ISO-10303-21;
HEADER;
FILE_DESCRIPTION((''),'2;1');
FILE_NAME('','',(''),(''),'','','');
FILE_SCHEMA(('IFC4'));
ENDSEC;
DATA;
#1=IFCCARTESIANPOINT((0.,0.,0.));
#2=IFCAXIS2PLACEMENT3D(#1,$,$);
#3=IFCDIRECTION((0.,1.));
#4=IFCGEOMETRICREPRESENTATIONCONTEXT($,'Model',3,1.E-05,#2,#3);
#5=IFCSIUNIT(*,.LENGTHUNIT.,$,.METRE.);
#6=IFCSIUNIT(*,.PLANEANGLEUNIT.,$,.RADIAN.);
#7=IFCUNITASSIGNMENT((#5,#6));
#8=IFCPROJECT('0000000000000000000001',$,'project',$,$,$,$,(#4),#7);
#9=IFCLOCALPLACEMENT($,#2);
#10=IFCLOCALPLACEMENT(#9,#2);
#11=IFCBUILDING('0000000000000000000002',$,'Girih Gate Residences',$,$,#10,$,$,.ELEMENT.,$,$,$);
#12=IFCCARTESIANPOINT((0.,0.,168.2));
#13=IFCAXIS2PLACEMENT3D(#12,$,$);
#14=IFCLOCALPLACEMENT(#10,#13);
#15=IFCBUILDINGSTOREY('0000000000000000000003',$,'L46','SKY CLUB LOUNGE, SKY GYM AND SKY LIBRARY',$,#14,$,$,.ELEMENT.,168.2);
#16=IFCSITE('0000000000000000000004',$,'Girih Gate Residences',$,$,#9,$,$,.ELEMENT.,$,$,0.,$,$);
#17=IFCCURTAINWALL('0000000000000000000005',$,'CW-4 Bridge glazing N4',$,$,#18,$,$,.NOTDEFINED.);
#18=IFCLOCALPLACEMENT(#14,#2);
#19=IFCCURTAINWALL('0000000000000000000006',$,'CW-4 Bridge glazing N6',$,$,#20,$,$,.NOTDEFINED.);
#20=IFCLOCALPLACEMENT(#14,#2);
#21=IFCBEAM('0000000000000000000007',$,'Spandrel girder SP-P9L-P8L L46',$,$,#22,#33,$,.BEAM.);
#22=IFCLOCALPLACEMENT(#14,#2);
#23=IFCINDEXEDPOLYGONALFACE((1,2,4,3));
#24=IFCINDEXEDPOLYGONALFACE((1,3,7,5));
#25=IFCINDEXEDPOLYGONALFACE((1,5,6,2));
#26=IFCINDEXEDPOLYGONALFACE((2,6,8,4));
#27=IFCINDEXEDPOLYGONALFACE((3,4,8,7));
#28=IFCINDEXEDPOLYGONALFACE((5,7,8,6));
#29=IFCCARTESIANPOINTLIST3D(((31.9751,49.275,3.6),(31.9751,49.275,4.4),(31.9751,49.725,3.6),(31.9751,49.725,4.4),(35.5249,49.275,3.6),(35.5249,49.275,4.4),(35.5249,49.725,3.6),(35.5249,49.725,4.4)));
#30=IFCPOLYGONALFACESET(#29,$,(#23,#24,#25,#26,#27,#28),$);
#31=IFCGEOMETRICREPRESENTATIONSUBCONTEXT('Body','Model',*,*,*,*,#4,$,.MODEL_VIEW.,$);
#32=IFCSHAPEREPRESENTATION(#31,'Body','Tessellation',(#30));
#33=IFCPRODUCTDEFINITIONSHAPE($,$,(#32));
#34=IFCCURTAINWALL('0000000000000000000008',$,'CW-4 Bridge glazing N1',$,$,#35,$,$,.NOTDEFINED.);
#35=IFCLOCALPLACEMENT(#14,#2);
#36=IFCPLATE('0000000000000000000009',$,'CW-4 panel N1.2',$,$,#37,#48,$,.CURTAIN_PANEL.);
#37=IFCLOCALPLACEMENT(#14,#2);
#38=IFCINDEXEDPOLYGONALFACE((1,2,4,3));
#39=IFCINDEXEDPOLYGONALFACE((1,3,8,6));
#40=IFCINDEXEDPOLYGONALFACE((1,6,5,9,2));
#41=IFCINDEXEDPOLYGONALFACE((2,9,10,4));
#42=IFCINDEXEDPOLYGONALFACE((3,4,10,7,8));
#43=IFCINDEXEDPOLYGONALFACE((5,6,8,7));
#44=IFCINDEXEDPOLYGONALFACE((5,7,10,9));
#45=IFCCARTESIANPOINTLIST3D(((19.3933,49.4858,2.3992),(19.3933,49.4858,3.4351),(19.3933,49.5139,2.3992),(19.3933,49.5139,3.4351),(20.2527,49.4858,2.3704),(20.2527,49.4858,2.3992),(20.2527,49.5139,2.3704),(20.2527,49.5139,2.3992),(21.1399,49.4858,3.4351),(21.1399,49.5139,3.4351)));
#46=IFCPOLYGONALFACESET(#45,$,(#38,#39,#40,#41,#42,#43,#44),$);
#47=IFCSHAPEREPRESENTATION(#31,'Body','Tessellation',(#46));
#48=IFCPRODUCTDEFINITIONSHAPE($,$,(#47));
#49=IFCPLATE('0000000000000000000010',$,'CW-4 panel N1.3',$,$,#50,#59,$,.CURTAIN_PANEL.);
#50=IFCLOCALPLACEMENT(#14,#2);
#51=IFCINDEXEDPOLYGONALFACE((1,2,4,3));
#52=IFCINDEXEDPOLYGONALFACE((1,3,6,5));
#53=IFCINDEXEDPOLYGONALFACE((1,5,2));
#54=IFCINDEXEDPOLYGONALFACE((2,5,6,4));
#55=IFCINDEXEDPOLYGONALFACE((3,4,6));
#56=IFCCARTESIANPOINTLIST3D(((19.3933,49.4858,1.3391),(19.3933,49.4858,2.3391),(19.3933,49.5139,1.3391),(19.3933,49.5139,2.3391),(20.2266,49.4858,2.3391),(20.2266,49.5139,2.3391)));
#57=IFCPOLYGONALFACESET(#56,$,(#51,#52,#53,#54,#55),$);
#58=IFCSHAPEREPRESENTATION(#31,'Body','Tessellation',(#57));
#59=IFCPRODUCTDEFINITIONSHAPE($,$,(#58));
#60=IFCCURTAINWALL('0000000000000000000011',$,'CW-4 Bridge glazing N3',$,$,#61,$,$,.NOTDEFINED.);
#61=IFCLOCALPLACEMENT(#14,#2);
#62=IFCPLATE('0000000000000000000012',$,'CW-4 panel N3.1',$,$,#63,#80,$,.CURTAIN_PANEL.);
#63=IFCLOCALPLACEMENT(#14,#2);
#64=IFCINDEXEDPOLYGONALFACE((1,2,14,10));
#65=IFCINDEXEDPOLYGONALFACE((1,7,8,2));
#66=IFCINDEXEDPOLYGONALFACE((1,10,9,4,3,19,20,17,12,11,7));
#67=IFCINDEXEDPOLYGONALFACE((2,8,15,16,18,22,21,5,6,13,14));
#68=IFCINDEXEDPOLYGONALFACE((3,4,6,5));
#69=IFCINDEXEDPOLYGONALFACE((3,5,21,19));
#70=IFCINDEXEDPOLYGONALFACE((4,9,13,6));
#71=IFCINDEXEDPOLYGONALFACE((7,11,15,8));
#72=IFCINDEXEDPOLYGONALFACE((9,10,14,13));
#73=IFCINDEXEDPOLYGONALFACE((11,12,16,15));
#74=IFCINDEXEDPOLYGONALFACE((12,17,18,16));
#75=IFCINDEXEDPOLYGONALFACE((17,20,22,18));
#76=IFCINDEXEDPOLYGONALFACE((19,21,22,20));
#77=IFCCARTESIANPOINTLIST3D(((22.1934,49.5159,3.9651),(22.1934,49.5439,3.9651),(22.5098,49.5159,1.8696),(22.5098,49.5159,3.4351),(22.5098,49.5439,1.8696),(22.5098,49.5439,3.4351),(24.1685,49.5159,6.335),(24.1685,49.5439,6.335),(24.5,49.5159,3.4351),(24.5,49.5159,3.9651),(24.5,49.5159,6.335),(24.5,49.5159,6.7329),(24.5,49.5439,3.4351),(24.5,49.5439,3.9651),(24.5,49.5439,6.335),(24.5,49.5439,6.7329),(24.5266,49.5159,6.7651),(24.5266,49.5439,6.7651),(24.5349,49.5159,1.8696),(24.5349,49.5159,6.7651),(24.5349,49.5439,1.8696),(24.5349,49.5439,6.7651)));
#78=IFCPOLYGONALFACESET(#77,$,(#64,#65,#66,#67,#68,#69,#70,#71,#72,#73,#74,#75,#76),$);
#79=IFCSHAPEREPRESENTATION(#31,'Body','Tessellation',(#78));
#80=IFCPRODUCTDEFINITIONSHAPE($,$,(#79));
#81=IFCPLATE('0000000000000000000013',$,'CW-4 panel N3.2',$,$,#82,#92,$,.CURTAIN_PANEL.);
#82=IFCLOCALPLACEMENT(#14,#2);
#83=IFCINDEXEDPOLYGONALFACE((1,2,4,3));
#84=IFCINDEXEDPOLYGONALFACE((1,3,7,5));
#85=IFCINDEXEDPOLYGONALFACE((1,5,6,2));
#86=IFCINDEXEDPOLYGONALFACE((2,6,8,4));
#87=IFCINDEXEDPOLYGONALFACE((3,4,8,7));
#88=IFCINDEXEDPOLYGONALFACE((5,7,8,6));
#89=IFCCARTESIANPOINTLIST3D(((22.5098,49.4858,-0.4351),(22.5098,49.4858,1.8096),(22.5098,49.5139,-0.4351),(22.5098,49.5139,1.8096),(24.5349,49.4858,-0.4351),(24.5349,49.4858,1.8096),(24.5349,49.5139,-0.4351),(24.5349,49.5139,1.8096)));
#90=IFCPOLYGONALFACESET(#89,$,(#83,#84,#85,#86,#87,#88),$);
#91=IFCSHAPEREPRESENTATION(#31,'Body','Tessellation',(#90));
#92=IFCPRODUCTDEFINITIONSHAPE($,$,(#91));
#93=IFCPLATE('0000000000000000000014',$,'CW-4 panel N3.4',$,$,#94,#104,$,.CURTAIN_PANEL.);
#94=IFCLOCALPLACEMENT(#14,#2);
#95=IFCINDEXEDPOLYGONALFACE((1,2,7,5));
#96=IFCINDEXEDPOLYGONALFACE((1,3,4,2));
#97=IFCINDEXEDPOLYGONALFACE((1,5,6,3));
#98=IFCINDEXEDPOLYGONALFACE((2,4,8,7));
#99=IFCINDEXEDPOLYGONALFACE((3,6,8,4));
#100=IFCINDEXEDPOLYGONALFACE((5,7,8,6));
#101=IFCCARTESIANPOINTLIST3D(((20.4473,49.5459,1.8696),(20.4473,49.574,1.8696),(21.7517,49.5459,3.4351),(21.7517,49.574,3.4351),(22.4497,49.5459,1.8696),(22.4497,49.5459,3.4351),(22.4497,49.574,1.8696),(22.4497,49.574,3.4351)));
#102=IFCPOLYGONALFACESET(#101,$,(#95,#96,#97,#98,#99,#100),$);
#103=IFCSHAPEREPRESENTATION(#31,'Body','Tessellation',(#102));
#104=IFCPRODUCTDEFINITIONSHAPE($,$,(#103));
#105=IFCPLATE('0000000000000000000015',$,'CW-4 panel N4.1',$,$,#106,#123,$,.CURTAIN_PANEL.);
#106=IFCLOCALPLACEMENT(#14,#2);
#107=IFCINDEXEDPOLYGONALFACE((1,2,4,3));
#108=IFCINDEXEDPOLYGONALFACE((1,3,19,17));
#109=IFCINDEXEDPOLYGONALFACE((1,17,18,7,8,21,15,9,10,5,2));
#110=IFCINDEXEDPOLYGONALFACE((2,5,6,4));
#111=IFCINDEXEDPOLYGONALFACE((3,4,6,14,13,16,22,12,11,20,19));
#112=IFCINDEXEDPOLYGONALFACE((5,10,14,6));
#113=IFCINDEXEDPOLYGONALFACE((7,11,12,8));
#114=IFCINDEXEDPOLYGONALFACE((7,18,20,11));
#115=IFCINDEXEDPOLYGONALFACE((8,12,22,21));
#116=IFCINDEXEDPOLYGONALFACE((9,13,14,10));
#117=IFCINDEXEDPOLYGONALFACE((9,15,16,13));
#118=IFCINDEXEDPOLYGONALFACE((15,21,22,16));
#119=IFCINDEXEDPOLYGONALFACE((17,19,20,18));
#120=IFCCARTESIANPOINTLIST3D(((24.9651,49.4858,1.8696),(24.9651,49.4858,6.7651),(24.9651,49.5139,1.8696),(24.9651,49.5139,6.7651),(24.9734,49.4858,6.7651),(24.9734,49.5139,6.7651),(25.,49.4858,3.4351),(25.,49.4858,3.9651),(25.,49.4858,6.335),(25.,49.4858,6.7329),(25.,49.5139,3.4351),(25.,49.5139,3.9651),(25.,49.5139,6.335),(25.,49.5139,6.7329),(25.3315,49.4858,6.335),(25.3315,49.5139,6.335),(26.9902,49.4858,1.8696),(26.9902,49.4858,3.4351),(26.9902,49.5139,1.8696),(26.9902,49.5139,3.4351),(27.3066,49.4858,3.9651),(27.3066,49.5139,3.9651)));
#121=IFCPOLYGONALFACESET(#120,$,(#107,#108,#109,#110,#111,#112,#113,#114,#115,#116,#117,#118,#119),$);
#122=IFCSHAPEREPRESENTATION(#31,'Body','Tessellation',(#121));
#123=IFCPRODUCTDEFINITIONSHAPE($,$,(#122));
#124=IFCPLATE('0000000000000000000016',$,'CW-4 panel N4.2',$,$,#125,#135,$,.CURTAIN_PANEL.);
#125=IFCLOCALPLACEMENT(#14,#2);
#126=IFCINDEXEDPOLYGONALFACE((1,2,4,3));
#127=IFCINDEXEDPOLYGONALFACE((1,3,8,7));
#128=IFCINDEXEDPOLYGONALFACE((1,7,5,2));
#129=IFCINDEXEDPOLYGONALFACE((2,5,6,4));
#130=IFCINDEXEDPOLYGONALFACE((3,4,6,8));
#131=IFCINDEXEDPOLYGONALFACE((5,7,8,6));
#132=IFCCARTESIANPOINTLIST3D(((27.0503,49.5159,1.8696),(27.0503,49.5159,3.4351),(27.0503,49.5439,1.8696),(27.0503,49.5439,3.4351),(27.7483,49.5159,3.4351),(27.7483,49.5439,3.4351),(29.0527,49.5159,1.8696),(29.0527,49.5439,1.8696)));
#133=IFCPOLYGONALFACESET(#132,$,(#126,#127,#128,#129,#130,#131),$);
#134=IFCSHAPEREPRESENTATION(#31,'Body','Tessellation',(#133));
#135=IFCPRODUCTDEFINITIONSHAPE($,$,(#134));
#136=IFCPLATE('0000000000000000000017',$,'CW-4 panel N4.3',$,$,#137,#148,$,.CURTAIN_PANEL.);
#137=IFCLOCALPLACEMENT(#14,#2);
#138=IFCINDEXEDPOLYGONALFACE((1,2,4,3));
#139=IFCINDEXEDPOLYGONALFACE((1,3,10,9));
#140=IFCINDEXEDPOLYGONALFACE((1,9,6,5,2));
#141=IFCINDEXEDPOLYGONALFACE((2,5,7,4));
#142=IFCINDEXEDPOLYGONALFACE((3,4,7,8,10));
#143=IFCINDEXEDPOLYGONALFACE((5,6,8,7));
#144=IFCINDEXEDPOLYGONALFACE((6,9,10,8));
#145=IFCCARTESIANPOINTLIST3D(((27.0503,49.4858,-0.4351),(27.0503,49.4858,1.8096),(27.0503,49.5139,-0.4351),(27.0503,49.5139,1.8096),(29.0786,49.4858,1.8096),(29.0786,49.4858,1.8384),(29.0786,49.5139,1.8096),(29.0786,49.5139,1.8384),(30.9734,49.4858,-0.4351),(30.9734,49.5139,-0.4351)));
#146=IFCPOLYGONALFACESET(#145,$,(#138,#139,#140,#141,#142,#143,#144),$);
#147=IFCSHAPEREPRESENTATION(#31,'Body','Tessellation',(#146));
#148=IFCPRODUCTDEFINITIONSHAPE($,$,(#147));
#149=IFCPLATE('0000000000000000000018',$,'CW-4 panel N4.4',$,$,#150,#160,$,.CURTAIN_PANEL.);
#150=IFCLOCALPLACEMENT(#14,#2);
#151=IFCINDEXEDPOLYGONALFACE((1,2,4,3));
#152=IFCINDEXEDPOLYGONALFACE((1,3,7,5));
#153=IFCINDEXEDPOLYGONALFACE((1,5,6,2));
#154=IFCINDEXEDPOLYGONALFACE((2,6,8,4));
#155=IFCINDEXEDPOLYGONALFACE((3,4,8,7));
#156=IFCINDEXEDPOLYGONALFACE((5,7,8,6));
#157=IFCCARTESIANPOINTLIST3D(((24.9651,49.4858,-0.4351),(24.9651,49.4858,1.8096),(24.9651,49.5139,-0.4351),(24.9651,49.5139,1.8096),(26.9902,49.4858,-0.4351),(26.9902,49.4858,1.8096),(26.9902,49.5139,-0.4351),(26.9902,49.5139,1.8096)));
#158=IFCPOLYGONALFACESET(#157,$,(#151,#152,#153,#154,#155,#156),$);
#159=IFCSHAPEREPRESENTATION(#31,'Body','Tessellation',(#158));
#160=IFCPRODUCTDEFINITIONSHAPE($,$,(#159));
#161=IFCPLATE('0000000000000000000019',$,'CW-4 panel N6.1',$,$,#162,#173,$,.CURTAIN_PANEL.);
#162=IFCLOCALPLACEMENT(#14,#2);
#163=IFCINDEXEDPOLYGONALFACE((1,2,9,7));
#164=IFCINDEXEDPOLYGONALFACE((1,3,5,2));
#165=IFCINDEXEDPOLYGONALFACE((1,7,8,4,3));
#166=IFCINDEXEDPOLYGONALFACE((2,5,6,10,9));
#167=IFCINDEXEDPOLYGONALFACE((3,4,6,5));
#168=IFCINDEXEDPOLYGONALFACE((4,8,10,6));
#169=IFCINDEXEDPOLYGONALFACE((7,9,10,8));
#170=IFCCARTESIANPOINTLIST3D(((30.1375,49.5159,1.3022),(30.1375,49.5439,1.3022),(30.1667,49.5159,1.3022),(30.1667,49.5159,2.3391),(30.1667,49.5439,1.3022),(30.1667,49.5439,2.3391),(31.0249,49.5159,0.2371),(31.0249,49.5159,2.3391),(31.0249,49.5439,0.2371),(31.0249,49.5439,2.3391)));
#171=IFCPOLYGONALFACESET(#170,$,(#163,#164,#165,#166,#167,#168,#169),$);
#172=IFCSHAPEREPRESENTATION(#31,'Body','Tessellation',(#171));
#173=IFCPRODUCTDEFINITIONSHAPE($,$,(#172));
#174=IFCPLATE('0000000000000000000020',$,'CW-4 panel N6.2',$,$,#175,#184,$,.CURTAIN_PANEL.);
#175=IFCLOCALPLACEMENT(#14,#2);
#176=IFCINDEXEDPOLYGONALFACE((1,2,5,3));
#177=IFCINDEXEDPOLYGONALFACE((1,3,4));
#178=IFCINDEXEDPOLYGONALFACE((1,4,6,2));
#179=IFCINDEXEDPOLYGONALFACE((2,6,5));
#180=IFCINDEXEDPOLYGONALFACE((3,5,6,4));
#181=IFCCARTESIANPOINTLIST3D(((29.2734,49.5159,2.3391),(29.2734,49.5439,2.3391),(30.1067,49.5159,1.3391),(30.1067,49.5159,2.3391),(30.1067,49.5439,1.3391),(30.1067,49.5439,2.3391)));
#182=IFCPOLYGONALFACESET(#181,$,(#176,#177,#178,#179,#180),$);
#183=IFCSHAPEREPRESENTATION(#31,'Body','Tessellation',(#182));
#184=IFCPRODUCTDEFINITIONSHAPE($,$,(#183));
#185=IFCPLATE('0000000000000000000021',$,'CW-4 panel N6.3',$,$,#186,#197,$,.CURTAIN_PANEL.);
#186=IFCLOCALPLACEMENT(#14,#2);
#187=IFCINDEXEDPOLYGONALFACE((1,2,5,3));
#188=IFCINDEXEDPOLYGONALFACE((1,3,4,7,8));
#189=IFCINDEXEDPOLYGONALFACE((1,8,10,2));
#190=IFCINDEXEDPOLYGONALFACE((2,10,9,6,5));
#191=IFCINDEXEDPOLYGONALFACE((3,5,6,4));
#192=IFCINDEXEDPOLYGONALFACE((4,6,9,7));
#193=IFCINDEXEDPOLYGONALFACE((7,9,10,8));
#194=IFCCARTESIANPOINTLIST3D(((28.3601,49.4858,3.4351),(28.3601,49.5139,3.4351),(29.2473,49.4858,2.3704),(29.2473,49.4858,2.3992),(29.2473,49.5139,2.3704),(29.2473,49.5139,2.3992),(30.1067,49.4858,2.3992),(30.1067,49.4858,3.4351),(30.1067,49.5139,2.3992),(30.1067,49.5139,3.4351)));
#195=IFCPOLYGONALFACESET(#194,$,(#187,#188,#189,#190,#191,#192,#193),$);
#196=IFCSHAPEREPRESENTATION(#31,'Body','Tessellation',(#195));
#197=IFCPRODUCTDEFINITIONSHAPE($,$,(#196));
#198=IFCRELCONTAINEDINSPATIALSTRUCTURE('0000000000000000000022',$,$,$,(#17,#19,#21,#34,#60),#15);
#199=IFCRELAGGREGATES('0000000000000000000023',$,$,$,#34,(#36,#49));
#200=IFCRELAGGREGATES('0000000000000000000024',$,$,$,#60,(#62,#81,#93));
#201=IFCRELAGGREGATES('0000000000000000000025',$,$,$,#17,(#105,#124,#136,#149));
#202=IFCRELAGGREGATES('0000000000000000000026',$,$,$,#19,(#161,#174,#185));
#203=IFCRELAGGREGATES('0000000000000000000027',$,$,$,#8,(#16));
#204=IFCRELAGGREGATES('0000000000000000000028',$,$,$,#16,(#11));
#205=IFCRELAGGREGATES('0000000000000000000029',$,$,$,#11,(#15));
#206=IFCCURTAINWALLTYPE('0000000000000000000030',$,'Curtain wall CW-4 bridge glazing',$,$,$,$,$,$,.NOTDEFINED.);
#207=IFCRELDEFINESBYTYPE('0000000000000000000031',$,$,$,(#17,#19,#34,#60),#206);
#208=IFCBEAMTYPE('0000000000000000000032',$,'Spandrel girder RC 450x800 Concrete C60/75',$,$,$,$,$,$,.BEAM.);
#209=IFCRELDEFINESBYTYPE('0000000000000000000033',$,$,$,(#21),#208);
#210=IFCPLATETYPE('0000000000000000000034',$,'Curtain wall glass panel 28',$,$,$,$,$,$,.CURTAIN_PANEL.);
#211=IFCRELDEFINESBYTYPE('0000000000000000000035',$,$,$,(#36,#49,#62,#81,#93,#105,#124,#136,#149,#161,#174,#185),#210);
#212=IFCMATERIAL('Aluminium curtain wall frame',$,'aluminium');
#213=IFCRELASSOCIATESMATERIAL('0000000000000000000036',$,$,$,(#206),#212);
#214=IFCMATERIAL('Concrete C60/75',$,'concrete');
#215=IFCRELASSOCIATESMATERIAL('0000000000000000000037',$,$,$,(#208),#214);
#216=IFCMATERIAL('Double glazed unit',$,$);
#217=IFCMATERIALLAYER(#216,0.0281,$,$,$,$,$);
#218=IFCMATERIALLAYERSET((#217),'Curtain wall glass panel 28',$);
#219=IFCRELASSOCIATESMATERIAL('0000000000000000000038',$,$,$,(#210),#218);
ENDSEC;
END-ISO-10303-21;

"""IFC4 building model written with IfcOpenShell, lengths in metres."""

from ifc_helpers import new_model, si_unit, direction, frame, origin, origin_2d, place, context, subcontext, project, spatial, polyline, rectangle, outline, extrude, material, layer, layer_set, material_profile, profile_set, type_object, element, aggregate, save


model = new_model("IFC4")

# Units and contexts
model_context = context("Model", 3, precision=1e-05, world=origin(), true_north=direction((0.0, 1.0)))
body_context = subcontext(model_context, "Body", "Model", "MODEL_VIEW")
ifc_project = project(units=[si_unit("LENGTHUNIT", "METRE"), si_unit("PLANEANGLEUNIT", "RADIAN")], contexts=[model_context])

# Site, building, storey
site_placement = place(None, origin())
site = spatial("IfcSite", under=ifc_project, at=site_placement, Name="Girih Gate Residences", CompositionType="ELEMENT", RefElevation=0.0)
building_placement = place(site_placement, origin())
building = spatial("IfcBuilding", under=site, at=building_placement, Name="Girih Gate Residences", CompositionType="ELEMENT")
storey_placement = place(building_placement, frame((0.0, 0.0, 168.2)))
storey = spatial("IfcBuildingStorey", under=building, at=storey_placement, Name="L46", Description="SKY CLUB LOUNGE, SKY GYM AND SKY LIBRARY", CompositionType="ELEMENT", Elevation=168.2)

# Curtain walls
ifc_material_1 = material(Name="Aluminium curtain wall frame", Category="aluminium")
curtain_wall_type = type_object("IfcCurtainWallType", Name="Curtain wall CW-4 bridge glazing", PredefinedType="NOTDEFINED", material=ifc_material_1)
curtain_wall_1_placement = place(storey_placement, origin())
curtain_wall_1 = element("IfcCurtainWall", 1, at=curtain_wall_1_placement, inside=storey, type_object=curtain_wall_type, Name="CW-4 Bridge glazing N4", PredefinedType="NOTDEFINED")
curtain_wall_2_placement = place(storey_placement, origin())
curtain_wall_2 = element("IfcCurtainWall", 2, at=curtain_wall_2_placement, inside=storey, type_object=curtain_wall_type, Name="CW-4 Bridge glazing N6", PredefinedType="NOTDEFINED")

# Beam
ifc_material_2 = material(Name="Concrete C60/75", Category="concrete")
ifc_material_profile_1 = material_profile(ifc_material_2, rectangle(XDim=0.45, YDim=0.8, at=origin_2d()))
ifc_profile_set_1 = profile_set([ifc_material_profile_1], Name="Concrete C60/75")
beam_type = type_object("IfcBeamType", Name="Spandrel girder RC 450x800 Concrete C60/75", PredefinedType="BEAM", material=ifc_profile_set_1)
beam_placement = place(storey_placement, frame((35.5249, 49.5, 4.0), z_axis=(-1.0, 0.0, 0.0), x_axis=(0.0, -1.0, 0.0)))
element("IfcBeam", 3, at=beam_placement, inside=storey, type_object=beam_type, Name="Spandrel girder SP-P9L-P8L L46", PredefinedType="BEAM", context=body_context, shape_type="SweptSolid", body=[
    extrude(rectangle(XDim=0.45, YDim=0.8, at=origin_2d()), origin(), (0.0, 0.0, 1.0), 3.5498),
])

# Curtain walls, plates
curtain_wall_3_placement = place(storey_placement, origin())
curtain_wall_3 = element("IfcCurtainWall", 4, at=curtain_wall_3_placement, inside=storey, type_object=curtain_wall_type, Name="CW-4 Bridge glazing N1", PredefinedType="NOTDEFINED")
ifc_material_3 = material(Name="Double glazed unit")
ifc_layer_1 = layer(ifc_material_3, 0.0281)
ifc_layer_set_1 = layer_set([ifc_layer_1], Name="Curtain wall glass panel 28")
plate_type = type_object("IfcPlateType", Name="Curtain wall glass panel 28", PredefinedType="CURTAIN_PANEL", material=ifc_layer_set_1)
plate_1_placement = place(storey_placement, frame((21.1399, 49.5139, 3.4351), z_axis=(0.0, 1.0, 0.0), x_axis=(-0.640167, 0.0, -0.768236)))
plate_1 = element("IfcPlate", 5, at=plate_1_placement, type_object=plate_type, Name="CW-4 panel N1.2", PredefinedType="CURTAIN_PANEL", context=body_context, shape_type="SweptSolid", body=[
    extrude(outline(polyline([(0.0, 0.0), (1.3859, 0.0), (1.3638, 0.0184), (1.9139, 0.6786), (1.1181, 1.3418), (0.0, 0.0)])), origin(), (0.0, 0.0, -1.0), 0.0281),
])
plate_2_placement = place(storey_placement, frame((19.3933, 49.5139, 1.3391), z_axis=(0.0, 1.0, 0.0), x_axis=(0.0, 0.0, 1.0)))
plate_2 = element("IfcPlate", 6, at=plate_2_placement, type_object=plate_type, Name="CW-4 panel N1.3", PredefinedType="CURTAIN_PANEL", context=body_context, shape_type="SweptSolid", body=[
    extrude(outline(polyline([(0.0, 0.0), (1.0, 0.0), (1.0, 0.8333), (0.0, 0.0)])), origin(), (0.0, 0.0, -1.0), 0.0281),
])
aggregate(curtain_wall_3, [plate_1, plate_2])
curtain_wall_4_placement = place(storey_placement, origin())
curtain_wall_4 = element("IfcCurtainWall", 7, at=curtain_wall_4_placement, inside=storey, type_object=curtain_wall_type, Name="CW-4 Bridge glazing N3", PredefinedType="NOTDEFINED")
plate_3_placement = place(storey_placement, frame((24.5349, 49.5439, 1.8696), z_axis=(0.0, 1.0, 0.0), x_axis=(-1.0, 0.0, 0.0)))
plate_3 = element("IfcPlate", 8, at=plate_3_placement, type_object=plate_type, Name="CW-4 panel N3.1", PredefinedType="CURTAIN_PANEL", context=body_context, shape_type="SweptSolid", body=[
    extrude(outline(polyline([(0.0, 0.0), (2.0251, 0.0), (2.0251, 1.5654), (0.0349, 1.5654), (0.0349, 2.0955), (2.3416, 2.0955), (0.3665, 4.4653), (0.0349, 4.4653), (0.0349, 4.8633), (0.0083, 4.8955), (0.0, 4.8955), (0.0, 0.0)])), origin(), (0.0, 0.0, -1.0), 0.0281),
])
plate_4_placement = place(storey_placement, frame((24.5349, 49.5139, -0.4351), z_axis=(0.0, 1.0, 0.0), x_axis=(-1.0, 0.0, 0.0)))
plate_4 = element("IfcPlate", 9, at=plate_4_placement, type_object=plate_type, Name="CW-4 panel N3.2", PredefinedType="CURTAIN_PANEL", context=body_context, shape_type="SweptSolid", body=[
    extrude(outline(polyline([(0.0, 0.0), (2.0251, 0.0), (2.0251, 2.2446), (0.0, 2.2446), (0.0, 0.0)])), origin(), (0.0, 0.0, -1.0), 0.0281),
])
plate_5_placement = place(storey_placement, frame((21.7517, 49.574, 3.4351), z_axis=(0.0, 1.0, 0.0), x_axis=(1.0, 0.0, 0.0)))
plate_5 = element("IfcPlate", 10, at=plate_5_placement, type_object=plate_type, Name="CW-4 panel N3.4", PredefinedType="CURTAIN_PANEL", context=body_context, shape_type="SweptSolid", body=[
    extrude(outline(polyline([(0.0, 0.0), (0.698, 0.0), (0.698, 1.5654), (-1.3044, 1.5654), (0.0, 0.0)])), origin(), (0.0, 0.0, -1.0), 0.0281),
])
aggregate(curtain_wall_4, [plate_3, plate_4, plate_5])

# Plates
plate_6_placement = place(storey_placement, frame((25.0, 49.5139, 6.7329), z_axis=(0.0, 1.0, 0.0), x_axis=(0.0, 0.0, -1.0)))
plate_6 = element("IfcPlate", 11, at=plate_6_placement, type_object=plate_type, Name="CW-4 panel N4.1", PredefinedType="CURTAIN_PANEL", context=body_context, shape_type="SweptSolid", body=[
    extrude(outline(polyline([(0.0, 0.0), (0.3979, 0.0), (0.3979, -0.3315), (2.7678, -2.3066), (2.7678, 0.0), (3.2979, 0.0), (3.2979, -1.9902), (4.8633, -1.9902), (4.8633, 0.0349), (-0.0322, 0.0349), (-0.0322, 0.0266), (0.0, 0.0)])), origin(), (0.0, 0.0, -1.0), 0.0281),
])
plate_7_placement = place(storey_placement, frame((27.7483, 49.5439, 3.4351), z_axis=(0.0, 1.0, 0.0), x_axis=(0.640161, 0.0, -0.768241)))
plate_7 = element("IfcPlate", 12, at=plate_7_placement, type_object=plate_type, Name="CW-4 panel N4.2", PredefinedType="CURTAIN_PANEL", context=body_context, shape_type="SweptSolid", body=[
    extrude(outline(polyline([(0.0, 0.0), (2.0377, 0.0), (0.7558, 1.5384), (-0.4468, 0.5362), (0.0, 0.0)])), origin(), (0.0, 0.0, -1.0), 0.0281),
])
plate_8_placement = place(storey_placement, frame((30.9734, 49.5139, -0.4351), z_axis=(0.0, 1.0, 0.0), x_axis=(-1.0, 0.0, 0.0)))
plate_8 = element("IfcPlate", 13, at=plate_8_placement, type_object=plate_type, Name="CW-4 panel N4.3", PredefinedType="CURTAIN_PANEL", context=body_context, shape_type="SweptSolid", body=[
    extrude(outline(polyline([(0.0, 0.0), (3.9231, 0.0), (3.9231, 2.2446), (1.8948, 2.2446), (1.8948, 2.2734), (0.0, 0.0)])), origin(), (0.0, 0.0, -1.0), 0.0281),
])
plate_9_placement = place(storey_placement, frame((24.9651, 49.5139, -0.4351), z_axis=(0.0, 1.0, 0.0), x_axis=(0.0, 0.0, 1.0)))
plate_9 = element("IfcPlate", 14, at=plate_9_placement, type_object=plate_type, Name="CW-4 panel N4.4", PredefinedType="CURTAIN_PANEL", context=body_context, shape_type="SweptSolid", body=[
    extrude(outline(polyline([(0.0, 0.0), (2.2446, 0.0), (2.2446, 2.0251), (0.0, 2.0251), (0.0, 0.0)])), origin(), (0.0, 0.0, -1.0), 0.0281),
])
aggregate(curtain_wall_1, [plate_6, plate_7, plate_8, plate_9])
plate_10_placement = place(storey_placement, frame((30.1375, 49.5439, 1.3022), z_axis=(0.0, 1.0, 0.0), x_axis=(1.0, 0.0, 0.0)))
plate_10 = element("IfcPlate", 15, at=plate_10_placement, type_object=plate_type, Name="CW-4 panel N6.1", PredefinedType="CURTAIN_PANEL", context=body_context, shape_type="SweptSolid", body=[
    extrude(outline(polyline([(0.0, 0.0), (0.0293, 0.0), (0.0293, -1.0369), (0.8875, -1.0369), (0.8875, 1.0652), (0.0, 0.0)])), origin(), (0.0, 0.0, -1.0), 0.0281),
])
plate_11_placement = place(storey_placement, frame((29.2734, 49.5439, 2.3391), z_axis=(0.0, 1.0, 0.0), x_axis=(1.0, 0.0, 0.0)))
plate_11 = element("IfcPlate", 16, at=plate_11_placement, type_object=plate_type, Name="CW-4 panel N6.2", PredefinedType="CURTAIN_PANEL", context=body_context, shape_type="SweptSolid", body=[
    extrude(outline(polyline([(0.0, 0.0), (0.8333, 0.0), (0.8333, 1.0), (0.0, 0.0)])), origin(), (0.0, 0.0, -1.0), 0.0281),
])
plate_12_placement = place(storey_placement, frame((28.3601, 49.5139, 3.4351), z_axis=(0.0, 1.0, 0.0), x_axis=(1.0, 0.0, 0.0)))
plate_12 = element("IfcPlate", 17, at=plate_12_placement, type_object=plate_type, Name="CW-4 panel N6.3", PredefinedType="CURTAIN_PANEL", context=body_context, shape_type="SweptSolid", body=[
    extrude(outline(polyline([(0.0, 0.0), (1.7466, 0.0), (1.7466, 1.0359), (0.8872, 1.0359), (0.8872, 1.0647), (0.0, 0.0)])), origin(), (0.0, 0.0, -1.0), 0.0281),
])
aggregate(curtain_wall_2, [plate_10, plate_11, plate_12])

save(model, "model.ifc")
